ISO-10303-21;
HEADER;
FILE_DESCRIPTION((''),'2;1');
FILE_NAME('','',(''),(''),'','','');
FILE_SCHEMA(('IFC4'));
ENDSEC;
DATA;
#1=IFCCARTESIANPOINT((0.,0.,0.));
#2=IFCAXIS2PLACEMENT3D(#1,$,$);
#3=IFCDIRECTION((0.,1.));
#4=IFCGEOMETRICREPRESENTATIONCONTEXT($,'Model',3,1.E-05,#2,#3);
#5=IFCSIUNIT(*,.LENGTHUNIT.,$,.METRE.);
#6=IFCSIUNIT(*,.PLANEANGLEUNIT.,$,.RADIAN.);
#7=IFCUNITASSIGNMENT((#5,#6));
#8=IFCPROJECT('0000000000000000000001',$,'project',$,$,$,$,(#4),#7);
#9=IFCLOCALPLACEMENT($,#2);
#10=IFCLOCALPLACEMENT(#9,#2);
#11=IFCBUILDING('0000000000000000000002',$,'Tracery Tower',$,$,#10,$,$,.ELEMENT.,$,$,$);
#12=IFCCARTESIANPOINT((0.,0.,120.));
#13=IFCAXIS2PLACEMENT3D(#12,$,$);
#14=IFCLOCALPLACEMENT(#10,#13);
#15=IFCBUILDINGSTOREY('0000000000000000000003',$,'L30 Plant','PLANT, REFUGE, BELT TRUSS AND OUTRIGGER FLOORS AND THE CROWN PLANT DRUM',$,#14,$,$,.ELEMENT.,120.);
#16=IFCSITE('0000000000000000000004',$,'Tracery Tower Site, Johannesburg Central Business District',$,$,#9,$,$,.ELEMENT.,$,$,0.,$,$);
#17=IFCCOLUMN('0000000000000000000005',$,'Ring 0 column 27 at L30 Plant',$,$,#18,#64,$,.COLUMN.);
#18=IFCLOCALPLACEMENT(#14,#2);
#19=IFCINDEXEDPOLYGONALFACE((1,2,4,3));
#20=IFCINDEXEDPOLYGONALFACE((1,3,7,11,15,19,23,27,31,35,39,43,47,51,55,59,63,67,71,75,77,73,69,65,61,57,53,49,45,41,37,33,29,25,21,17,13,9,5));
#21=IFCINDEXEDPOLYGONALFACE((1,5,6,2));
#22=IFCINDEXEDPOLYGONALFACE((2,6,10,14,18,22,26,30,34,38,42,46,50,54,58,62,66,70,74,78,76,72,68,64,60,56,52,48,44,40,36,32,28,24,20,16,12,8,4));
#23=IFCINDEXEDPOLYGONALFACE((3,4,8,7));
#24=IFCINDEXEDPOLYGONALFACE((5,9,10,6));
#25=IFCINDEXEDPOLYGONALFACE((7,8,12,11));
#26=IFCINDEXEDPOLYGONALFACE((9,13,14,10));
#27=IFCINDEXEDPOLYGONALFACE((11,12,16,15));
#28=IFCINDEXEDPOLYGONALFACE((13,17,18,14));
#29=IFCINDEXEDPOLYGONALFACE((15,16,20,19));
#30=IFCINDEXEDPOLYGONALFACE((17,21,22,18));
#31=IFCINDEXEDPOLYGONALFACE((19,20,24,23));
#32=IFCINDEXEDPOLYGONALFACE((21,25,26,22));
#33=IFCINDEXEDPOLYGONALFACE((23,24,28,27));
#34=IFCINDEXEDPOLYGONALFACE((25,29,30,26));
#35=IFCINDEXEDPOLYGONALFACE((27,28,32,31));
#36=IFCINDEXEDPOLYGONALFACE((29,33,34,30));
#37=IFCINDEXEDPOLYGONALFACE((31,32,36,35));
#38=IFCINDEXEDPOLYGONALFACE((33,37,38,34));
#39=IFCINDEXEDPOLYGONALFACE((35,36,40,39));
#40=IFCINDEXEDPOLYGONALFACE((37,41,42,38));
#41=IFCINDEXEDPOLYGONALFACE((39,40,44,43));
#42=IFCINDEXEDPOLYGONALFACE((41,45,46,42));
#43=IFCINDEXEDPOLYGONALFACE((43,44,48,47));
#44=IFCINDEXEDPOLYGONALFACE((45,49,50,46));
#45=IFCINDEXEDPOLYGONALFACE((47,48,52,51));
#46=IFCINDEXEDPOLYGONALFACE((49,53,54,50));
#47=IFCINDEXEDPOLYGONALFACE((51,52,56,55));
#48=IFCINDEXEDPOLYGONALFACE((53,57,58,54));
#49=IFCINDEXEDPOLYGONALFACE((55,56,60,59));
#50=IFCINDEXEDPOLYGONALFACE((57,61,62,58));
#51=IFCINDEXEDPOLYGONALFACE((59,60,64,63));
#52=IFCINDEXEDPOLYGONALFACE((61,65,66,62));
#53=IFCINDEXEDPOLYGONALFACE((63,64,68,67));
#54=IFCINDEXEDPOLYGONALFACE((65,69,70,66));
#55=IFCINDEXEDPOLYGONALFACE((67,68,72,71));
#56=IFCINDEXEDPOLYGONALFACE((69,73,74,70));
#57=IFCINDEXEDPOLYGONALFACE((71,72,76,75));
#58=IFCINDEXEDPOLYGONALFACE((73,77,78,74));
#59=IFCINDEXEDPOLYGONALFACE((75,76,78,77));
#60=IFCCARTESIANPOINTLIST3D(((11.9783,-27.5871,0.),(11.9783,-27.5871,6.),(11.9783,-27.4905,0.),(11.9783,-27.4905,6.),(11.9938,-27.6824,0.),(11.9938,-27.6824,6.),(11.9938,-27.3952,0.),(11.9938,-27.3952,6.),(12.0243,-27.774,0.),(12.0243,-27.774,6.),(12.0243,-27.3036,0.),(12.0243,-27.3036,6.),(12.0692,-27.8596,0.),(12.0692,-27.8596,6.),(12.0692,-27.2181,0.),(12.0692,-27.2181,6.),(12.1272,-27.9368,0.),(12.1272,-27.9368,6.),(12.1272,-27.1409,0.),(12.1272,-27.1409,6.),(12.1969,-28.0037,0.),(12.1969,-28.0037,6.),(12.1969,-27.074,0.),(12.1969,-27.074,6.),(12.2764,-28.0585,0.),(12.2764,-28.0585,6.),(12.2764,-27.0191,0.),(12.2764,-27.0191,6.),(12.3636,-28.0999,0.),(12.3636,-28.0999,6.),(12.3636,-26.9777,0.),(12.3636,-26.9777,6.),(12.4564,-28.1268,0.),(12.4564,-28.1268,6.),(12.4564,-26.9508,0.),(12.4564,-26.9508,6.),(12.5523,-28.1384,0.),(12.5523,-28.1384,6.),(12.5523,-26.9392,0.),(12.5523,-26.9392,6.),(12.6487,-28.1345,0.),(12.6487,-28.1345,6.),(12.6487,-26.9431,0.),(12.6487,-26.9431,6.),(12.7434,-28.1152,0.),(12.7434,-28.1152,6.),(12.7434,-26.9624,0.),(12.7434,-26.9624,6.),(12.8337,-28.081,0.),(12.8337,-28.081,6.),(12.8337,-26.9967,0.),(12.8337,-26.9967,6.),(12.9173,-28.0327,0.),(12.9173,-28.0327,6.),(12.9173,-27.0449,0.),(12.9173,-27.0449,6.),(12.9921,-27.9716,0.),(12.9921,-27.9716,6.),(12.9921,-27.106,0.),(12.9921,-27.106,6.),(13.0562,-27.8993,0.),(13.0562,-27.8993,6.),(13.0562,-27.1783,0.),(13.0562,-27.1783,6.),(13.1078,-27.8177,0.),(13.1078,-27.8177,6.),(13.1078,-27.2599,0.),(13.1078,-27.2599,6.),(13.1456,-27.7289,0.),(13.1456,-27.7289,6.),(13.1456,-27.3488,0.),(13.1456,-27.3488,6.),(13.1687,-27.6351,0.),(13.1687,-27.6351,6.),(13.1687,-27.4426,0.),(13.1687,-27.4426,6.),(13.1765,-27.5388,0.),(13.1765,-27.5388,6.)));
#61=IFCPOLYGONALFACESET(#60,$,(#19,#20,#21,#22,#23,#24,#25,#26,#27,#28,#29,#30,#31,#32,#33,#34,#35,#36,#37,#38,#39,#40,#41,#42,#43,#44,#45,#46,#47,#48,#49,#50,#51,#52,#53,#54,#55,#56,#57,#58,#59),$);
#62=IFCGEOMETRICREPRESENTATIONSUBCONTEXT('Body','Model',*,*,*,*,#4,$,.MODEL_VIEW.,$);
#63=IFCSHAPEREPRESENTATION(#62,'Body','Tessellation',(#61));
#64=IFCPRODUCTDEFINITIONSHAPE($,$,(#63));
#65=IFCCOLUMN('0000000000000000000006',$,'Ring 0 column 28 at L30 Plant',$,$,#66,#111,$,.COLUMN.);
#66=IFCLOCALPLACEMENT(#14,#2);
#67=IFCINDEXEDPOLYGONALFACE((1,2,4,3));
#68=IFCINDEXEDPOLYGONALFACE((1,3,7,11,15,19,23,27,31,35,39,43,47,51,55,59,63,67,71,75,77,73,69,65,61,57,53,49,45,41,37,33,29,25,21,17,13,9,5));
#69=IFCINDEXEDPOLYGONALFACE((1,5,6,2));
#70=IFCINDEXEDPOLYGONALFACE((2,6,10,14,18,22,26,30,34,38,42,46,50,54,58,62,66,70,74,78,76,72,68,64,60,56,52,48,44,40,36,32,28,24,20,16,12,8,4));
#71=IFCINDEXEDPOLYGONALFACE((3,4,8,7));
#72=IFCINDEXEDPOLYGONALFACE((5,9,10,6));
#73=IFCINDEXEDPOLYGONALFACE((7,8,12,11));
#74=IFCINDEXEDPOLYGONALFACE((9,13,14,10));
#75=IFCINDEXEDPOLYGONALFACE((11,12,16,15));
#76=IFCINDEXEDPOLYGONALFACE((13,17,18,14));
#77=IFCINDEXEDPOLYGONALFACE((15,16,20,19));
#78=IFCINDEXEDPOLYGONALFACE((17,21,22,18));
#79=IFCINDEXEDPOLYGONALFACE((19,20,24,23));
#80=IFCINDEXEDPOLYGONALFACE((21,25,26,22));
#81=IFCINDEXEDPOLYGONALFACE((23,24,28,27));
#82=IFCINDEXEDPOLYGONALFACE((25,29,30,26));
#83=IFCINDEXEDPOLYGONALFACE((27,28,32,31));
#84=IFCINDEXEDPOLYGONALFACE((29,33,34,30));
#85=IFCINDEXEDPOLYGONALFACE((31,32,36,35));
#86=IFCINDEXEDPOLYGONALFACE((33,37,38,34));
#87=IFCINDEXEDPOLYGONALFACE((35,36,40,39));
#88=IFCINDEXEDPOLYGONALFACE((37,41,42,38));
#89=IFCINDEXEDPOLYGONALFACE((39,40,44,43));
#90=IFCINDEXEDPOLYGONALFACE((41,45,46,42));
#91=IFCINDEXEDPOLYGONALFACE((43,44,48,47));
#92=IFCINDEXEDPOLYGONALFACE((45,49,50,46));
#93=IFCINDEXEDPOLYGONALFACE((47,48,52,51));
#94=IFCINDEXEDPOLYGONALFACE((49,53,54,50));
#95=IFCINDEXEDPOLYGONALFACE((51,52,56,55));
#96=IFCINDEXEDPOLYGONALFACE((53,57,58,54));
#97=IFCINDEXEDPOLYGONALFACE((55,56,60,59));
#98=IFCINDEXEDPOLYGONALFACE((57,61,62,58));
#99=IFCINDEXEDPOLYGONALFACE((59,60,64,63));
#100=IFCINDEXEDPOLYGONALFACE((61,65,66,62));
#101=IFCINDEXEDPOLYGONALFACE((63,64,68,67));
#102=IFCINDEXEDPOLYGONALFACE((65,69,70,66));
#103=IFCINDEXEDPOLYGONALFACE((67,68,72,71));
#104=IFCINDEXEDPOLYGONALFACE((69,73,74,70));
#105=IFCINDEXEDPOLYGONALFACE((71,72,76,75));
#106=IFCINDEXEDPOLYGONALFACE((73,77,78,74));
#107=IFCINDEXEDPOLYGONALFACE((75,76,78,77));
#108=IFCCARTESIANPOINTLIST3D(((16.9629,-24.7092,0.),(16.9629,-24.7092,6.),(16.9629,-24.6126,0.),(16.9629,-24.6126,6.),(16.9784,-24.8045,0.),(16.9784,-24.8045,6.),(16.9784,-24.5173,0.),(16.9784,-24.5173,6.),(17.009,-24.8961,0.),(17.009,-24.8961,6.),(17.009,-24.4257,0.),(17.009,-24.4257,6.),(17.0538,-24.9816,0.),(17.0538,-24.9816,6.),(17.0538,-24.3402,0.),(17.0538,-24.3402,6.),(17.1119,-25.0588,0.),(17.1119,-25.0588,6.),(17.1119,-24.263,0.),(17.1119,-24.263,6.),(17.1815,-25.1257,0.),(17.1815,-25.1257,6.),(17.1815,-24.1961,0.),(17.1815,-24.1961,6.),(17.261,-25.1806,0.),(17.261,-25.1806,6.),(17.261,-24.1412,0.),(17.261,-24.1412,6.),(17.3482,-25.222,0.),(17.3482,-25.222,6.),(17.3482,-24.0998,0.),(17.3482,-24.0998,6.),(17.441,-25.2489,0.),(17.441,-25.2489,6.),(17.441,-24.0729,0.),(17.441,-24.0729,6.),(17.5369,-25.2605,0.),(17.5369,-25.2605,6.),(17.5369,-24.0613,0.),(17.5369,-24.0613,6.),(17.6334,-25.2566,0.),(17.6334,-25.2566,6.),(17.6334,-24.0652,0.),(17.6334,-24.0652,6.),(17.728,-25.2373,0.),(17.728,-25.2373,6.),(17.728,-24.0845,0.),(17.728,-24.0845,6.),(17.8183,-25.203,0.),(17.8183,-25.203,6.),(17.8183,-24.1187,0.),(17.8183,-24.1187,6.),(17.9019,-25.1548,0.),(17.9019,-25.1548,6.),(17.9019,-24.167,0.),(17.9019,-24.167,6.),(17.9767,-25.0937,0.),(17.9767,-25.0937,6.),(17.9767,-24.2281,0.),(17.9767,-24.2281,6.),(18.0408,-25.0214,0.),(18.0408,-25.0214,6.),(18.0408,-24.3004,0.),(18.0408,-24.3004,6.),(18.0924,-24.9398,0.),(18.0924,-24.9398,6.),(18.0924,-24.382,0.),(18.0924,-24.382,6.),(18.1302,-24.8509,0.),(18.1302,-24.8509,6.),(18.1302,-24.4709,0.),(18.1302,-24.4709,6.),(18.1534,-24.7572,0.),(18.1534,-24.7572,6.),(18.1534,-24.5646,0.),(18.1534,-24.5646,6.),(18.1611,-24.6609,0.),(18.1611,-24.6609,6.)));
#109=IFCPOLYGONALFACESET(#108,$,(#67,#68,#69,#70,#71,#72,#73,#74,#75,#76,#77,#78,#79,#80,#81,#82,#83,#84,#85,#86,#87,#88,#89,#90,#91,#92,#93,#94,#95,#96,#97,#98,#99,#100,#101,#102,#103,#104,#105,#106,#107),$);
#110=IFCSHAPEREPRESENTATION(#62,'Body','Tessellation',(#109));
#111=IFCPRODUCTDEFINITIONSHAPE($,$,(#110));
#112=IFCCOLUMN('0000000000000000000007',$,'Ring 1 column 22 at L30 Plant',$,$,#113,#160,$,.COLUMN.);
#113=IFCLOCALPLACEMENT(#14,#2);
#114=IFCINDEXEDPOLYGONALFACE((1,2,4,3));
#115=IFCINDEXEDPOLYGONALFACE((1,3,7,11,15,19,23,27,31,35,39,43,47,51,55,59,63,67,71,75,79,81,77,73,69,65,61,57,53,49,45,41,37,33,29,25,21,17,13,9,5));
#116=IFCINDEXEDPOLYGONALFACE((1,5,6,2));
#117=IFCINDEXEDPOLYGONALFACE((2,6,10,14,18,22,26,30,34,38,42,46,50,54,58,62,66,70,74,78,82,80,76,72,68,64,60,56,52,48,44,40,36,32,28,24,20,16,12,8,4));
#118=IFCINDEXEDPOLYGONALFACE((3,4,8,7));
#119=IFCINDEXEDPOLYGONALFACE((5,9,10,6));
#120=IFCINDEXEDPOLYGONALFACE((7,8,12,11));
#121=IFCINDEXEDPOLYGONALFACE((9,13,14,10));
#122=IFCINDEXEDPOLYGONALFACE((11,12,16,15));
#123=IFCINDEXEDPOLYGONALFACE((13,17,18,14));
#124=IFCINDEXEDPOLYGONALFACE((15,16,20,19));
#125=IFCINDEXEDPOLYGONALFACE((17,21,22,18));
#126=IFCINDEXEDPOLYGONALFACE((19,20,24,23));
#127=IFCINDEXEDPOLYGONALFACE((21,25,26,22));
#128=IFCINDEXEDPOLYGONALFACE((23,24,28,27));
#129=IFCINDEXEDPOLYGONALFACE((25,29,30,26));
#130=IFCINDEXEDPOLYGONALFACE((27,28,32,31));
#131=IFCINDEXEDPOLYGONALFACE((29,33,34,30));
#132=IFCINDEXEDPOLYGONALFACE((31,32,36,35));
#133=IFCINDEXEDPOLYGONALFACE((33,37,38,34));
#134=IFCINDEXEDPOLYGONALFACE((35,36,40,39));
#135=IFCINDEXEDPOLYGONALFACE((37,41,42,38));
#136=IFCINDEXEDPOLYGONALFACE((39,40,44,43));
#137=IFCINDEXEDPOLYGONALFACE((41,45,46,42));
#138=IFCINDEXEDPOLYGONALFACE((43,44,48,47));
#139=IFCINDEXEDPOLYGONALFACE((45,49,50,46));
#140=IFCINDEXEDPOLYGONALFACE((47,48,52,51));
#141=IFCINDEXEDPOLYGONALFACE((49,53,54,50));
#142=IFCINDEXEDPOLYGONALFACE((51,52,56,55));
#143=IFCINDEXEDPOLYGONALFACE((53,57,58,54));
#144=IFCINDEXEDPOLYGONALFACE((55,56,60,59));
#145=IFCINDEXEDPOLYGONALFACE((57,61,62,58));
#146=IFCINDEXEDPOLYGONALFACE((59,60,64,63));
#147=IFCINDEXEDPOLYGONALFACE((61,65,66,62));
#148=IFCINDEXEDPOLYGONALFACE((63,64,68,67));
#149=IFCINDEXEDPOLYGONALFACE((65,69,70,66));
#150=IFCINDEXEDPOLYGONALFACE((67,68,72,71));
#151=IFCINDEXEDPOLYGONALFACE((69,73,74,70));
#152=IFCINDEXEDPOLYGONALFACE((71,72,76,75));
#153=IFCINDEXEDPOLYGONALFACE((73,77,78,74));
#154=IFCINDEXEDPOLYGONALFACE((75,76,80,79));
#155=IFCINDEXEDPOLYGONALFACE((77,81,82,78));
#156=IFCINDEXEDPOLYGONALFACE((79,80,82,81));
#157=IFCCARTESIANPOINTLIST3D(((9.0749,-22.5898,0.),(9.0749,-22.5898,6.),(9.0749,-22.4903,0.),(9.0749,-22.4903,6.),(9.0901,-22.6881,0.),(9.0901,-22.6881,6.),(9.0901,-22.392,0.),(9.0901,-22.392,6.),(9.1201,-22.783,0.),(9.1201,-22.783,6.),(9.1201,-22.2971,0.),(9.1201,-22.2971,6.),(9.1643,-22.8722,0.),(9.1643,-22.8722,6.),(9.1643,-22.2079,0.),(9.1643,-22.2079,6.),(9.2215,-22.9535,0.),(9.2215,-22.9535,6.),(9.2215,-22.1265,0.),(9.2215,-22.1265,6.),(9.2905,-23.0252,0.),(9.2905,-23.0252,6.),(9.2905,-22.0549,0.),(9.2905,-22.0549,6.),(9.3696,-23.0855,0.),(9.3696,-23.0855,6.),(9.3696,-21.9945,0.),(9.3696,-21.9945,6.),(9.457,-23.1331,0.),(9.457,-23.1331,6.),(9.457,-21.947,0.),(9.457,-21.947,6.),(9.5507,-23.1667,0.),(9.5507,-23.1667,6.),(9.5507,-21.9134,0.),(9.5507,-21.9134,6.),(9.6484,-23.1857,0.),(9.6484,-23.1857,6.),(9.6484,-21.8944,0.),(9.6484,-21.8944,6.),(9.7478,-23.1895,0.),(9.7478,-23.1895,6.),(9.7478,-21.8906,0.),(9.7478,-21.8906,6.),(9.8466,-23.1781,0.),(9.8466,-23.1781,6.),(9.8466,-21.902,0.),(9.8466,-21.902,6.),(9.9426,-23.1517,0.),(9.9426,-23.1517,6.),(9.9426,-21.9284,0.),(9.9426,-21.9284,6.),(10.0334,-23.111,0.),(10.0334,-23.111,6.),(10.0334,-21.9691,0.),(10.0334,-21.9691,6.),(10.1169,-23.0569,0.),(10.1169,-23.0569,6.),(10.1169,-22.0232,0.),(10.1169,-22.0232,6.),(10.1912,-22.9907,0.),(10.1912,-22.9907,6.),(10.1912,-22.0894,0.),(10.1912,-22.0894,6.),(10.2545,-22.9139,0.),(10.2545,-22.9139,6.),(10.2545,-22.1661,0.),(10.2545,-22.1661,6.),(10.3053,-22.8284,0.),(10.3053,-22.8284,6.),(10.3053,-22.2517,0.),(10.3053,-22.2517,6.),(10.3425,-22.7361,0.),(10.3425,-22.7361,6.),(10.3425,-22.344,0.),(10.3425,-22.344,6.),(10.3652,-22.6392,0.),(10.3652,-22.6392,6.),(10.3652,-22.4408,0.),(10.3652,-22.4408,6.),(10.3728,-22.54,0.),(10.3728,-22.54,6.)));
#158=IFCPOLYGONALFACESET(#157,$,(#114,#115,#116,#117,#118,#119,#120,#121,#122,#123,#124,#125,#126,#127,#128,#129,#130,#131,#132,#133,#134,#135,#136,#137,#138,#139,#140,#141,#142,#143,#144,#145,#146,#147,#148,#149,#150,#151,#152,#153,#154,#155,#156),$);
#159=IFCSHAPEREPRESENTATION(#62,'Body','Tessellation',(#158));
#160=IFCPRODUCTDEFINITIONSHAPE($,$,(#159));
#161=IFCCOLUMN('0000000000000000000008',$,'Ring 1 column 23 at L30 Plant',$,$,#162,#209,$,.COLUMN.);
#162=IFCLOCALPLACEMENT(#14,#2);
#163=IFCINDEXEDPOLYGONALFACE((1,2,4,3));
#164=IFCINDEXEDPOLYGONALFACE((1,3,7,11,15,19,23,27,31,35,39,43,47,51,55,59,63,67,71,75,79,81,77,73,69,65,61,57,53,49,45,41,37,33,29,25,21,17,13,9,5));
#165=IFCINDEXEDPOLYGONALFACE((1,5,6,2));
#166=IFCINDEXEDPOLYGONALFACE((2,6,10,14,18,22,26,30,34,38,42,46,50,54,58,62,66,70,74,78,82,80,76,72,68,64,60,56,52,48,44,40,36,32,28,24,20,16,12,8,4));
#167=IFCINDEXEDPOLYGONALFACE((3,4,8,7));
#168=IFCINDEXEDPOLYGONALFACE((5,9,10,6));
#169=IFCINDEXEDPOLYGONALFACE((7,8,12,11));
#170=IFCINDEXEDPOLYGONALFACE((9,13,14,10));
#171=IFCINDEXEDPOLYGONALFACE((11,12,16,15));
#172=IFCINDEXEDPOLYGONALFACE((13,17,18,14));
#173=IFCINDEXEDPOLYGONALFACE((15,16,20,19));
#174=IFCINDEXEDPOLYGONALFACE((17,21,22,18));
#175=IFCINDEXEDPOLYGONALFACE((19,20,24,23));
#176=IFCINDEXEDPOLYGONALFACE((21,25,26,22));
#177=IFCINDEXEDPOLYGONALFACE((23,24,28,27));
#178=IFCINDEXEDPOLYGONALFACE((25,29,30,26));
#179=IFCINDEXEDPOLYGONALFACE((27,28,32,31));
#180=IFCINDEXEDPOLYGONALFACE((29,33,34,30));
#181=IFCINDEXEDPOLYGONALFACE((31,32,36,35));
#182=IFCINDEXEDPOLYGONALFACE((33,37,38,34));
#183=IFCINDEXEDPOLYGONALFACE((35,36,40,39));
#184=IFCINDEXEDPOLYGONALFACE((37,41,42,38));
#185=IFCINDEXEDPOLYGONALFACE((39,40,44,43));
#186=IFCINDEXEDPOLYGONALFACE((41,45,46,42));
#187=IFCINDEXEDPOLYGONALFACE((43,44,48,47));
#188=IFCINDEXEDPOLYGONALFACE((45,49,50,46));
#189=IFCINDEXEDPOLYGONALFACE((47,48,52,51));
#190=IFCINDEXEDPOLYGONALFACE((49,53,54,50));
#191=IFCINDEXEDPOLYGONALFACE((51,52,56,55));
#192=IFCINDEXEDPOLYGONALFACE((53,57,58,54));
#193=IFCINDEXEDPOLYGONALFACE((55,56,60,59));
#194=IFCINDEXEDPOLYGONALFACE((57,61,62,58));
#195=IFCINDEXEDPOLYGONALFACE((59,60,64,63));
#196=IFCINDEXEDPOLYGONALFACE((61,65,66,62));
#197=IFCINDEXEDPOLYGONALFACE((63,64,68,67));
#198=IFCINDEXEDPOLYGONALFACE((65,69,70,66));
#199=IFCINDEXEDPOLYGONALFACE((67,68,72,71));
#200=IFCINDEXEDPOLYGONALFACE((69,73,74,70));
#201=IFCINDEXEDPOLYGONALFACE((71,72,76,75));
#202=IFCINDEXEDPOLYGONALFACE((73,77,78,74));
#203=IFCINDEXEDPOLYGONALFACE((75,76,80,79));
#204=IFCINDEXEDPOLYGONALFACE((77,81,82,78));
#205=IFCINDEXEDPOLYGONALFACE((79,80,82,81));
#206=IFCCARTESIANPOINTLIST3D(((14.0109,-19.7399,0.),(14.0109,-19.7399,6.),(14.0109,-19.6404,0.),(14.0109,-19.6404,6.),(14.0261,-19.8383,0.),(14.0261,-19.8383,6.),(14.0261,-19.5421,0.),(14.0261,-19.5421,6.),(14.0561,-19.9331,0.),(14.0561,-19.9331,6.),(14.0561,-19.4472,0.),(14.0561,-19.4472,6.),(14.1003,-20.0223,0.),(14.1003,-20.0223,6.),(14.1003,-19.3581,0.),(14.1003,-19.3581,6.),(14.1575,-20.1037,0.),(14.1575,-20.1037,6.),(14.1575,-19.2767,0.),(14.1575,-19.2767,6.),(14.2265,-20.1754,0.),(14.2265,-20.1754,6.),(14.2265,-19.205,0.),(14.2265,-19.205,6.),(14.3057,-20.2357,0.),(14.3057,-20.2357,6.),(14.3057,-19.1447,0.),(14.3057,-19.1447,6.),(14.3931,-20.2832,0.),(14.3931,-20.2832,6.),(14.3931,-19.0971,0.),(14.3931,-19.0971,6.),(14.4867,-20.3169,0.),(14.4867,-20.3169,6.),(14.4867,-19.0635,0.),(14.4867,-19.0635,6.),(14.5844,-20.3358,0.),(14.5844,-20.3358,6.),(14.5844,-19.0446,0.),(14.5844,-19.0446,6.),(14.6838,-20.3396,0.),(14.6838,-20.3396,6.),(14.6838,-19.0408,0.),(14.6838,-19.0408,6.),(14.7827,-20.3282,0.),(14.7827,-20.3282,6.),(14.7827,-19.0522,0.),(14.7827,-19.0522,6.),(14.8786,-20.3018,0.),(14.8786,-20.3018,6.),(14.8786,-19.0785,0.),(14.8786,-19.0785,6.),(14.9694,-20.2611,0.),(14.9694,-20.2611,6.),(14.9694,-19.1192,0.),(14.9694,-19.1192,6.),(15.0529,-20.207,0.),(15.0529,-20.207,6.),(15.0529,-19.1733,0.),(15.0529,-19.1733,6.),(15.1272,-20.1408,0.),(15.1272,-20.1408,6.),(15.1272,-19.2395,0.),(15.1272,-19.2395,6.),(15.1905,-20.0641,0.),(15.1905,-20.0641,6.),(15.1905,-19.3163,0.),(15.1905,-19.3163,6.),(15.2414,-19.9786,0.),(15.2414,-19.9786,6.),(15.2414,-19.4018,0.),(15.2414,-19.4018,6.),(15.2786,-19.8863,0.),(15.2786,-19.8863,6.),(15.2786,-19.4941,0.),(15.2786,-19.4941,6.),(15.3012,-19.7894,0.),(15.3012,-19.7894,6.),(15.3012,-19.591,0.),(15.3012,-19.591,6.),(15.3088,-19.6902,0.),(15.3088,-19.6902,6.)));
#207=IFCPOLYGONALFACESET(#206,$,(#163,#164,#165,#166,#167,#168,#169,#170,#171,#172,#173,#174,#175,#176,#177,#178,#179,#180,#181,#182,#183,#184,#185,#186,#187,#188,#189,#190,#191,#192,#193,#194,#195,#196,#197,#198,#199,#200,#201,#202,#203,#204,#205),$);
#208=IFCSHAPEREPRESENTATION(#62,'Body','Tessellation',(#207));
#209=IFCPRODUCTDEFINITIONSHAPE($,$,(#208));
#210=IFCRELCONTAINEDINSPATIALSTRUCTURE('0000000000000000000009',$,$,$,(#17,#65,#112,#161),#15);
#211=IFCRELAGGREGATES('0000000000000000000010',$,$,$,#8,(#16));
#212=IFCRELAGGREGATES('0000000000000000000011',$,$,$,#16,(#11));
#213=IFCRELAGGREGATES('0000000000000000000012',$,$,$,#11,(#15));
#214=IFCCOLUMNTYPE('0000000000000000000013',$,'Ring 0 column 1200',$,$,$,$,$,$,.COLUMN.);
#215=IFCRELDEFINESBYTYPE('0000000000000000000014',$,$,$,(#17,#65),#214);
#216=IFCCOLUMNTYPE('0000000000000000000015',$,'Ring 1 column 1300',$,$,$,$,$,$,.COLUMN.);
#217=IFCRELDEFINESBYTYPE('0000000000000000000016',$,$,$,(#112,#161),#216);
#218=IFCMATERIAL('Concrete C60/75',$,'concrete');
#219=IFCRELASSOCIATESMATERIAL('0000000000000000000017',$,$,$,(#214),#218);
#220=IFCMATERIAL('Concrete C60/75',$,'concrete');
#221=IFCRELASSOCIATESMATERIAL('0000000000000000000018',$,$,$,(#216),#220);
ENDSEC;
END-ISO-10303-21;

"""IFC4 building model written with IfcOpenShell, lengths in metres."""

from ifc_helpers import new_model, si_unit, direction, frame, origin, origin_2d, place, context, subcontext, project, spatial, circle, extrude, material, material_profile, profile_set, type_object, element, save


model = new_model("IFC4")

# Units and contexts
model_context = context("Model", 3, precision=1e-05, world=origin(), true_north=direction((0.0, 1.0)))
body_context = subcontext(model_context, "Body", "Model", "MODEL_VIEW")
ifc_project = project(units=[si_unit("LENGTHUNIT", "METRE"), si_unit("PLANEANGLEUNIT", "RADIAN")], contexts=[model_context])

# Site, building, storey
site_placement = place(None, origin())
site = spatial("IfcSite", under=ifc_project, at=site_placement, Name="Tracery Tower Site, Johannesburg Central Business District", CompositionType="ELEMENT", RefElevation=0.0)
building_placement = place(site_placement, origin())
building = spatial("IfcBuilding", under=site, at=building_placement, Name="Tracery Tower", CompositionType="ELEMENT")
storey_placement = place(building_placement, frame((0.0, 0.0, 120.0)))
storey = spatial("IfcBuildingStorey", under=building, at=storey_placement, Name="L30 Plant", Description="PLANT, REFUGE, BELT TRUSS AND OUTRIGGER FLOORS AND THE CROWN PLANT DRUM", CompositionType="ELEMENT", Elevation=120.0)

# Columns
ifc_material_1 = material(Name="Concrete C60/75", Category="concrete")
ifc_material_profile_1 = material_profile(ifc_material_1, circle(Radius=0.6001, at=origin_2d()), Name="RC D1200")
ifc_profile_set_1 = profile_set([ifc_material_profile_1], Name="Concrete C60/75")
column_type_1 = type_object("IfcColumnType", Name="Ring 0 column 1200", PredefinedType="COLUMN", material=ifc_profile_set_1)
for number, where, z_axis, x_axis, name in (
    (1, (12.5764, -27.5388, 0.0), (0.0, 0.0, 1.0), (1.0, 0.0, 0.0), "Ring 0 column 27 at L30 Plant"),
    (2, (17.561, -24.6609, 0.0), (0.0, 0.0, 1.0), (1.0, 0.0, 0.0), "Ring 0 column 28 at L30 Plant"),
):
    element("IfcColumn", number, at=place(storey_placement, frame(where, z_axis=z_axis, x_axis=x_axis)), inside=storey, type_object=column_type_1, Name=name, PredefinedType="COLUMN", context=body_context, shape_type="SweptSolid", body=[
        extrude(circle(Radius=0.6001, at=origin_2d()), origin(), (0.0, 0.0, 1.0), 6.0),
    ])
ifc_material_2 = material(Name="Concrete C60/75", Category="concrete")
ifc_material_profile_2 = material_profile(ifc_material_2, circle(Radius=0.6499, at=origin_2d()), Name="RC D1300")
ifc_profile_set_2 = profile_set([ifc_material_profile_2], Name="Concrete C60/75")
column_type_2 = type_object("IfcColumnType", Name="Ring 1 column 1300", PredefinedType="COLUMN", material=ifc_profile_set_2)
for number, where, z_axis, x_axis, name in (
    (3, (9.7229, -22.54, 0.0), (0.0, 0.0, 1.0), (1.0, 0.0, 0.0), "Ring 1 column 22 at L30 Plant"),
    (4, (14.6589, -19.6902, 0.0), (0.0, 0.0, 1.0), (1.0, 0.0, 0.0), "Ring 1 column 23 at L30 Plant"),
):
    element("IfcColumn", number, at=place(storey_placement, frame(where, z_axis=z_axis, x_axis=x_axis)), inside=storey, type_object=column_type_2, Name=name, PredefinedType="COLUMN", context=body_context, shape_type="SweptSolid", body=[
        extrude(circle(Radius=0.6499, at=origin_2d()), origin(), (0.0, 0.0, 1.0), 6.0),
    ])

save(model, "model.ifc")
